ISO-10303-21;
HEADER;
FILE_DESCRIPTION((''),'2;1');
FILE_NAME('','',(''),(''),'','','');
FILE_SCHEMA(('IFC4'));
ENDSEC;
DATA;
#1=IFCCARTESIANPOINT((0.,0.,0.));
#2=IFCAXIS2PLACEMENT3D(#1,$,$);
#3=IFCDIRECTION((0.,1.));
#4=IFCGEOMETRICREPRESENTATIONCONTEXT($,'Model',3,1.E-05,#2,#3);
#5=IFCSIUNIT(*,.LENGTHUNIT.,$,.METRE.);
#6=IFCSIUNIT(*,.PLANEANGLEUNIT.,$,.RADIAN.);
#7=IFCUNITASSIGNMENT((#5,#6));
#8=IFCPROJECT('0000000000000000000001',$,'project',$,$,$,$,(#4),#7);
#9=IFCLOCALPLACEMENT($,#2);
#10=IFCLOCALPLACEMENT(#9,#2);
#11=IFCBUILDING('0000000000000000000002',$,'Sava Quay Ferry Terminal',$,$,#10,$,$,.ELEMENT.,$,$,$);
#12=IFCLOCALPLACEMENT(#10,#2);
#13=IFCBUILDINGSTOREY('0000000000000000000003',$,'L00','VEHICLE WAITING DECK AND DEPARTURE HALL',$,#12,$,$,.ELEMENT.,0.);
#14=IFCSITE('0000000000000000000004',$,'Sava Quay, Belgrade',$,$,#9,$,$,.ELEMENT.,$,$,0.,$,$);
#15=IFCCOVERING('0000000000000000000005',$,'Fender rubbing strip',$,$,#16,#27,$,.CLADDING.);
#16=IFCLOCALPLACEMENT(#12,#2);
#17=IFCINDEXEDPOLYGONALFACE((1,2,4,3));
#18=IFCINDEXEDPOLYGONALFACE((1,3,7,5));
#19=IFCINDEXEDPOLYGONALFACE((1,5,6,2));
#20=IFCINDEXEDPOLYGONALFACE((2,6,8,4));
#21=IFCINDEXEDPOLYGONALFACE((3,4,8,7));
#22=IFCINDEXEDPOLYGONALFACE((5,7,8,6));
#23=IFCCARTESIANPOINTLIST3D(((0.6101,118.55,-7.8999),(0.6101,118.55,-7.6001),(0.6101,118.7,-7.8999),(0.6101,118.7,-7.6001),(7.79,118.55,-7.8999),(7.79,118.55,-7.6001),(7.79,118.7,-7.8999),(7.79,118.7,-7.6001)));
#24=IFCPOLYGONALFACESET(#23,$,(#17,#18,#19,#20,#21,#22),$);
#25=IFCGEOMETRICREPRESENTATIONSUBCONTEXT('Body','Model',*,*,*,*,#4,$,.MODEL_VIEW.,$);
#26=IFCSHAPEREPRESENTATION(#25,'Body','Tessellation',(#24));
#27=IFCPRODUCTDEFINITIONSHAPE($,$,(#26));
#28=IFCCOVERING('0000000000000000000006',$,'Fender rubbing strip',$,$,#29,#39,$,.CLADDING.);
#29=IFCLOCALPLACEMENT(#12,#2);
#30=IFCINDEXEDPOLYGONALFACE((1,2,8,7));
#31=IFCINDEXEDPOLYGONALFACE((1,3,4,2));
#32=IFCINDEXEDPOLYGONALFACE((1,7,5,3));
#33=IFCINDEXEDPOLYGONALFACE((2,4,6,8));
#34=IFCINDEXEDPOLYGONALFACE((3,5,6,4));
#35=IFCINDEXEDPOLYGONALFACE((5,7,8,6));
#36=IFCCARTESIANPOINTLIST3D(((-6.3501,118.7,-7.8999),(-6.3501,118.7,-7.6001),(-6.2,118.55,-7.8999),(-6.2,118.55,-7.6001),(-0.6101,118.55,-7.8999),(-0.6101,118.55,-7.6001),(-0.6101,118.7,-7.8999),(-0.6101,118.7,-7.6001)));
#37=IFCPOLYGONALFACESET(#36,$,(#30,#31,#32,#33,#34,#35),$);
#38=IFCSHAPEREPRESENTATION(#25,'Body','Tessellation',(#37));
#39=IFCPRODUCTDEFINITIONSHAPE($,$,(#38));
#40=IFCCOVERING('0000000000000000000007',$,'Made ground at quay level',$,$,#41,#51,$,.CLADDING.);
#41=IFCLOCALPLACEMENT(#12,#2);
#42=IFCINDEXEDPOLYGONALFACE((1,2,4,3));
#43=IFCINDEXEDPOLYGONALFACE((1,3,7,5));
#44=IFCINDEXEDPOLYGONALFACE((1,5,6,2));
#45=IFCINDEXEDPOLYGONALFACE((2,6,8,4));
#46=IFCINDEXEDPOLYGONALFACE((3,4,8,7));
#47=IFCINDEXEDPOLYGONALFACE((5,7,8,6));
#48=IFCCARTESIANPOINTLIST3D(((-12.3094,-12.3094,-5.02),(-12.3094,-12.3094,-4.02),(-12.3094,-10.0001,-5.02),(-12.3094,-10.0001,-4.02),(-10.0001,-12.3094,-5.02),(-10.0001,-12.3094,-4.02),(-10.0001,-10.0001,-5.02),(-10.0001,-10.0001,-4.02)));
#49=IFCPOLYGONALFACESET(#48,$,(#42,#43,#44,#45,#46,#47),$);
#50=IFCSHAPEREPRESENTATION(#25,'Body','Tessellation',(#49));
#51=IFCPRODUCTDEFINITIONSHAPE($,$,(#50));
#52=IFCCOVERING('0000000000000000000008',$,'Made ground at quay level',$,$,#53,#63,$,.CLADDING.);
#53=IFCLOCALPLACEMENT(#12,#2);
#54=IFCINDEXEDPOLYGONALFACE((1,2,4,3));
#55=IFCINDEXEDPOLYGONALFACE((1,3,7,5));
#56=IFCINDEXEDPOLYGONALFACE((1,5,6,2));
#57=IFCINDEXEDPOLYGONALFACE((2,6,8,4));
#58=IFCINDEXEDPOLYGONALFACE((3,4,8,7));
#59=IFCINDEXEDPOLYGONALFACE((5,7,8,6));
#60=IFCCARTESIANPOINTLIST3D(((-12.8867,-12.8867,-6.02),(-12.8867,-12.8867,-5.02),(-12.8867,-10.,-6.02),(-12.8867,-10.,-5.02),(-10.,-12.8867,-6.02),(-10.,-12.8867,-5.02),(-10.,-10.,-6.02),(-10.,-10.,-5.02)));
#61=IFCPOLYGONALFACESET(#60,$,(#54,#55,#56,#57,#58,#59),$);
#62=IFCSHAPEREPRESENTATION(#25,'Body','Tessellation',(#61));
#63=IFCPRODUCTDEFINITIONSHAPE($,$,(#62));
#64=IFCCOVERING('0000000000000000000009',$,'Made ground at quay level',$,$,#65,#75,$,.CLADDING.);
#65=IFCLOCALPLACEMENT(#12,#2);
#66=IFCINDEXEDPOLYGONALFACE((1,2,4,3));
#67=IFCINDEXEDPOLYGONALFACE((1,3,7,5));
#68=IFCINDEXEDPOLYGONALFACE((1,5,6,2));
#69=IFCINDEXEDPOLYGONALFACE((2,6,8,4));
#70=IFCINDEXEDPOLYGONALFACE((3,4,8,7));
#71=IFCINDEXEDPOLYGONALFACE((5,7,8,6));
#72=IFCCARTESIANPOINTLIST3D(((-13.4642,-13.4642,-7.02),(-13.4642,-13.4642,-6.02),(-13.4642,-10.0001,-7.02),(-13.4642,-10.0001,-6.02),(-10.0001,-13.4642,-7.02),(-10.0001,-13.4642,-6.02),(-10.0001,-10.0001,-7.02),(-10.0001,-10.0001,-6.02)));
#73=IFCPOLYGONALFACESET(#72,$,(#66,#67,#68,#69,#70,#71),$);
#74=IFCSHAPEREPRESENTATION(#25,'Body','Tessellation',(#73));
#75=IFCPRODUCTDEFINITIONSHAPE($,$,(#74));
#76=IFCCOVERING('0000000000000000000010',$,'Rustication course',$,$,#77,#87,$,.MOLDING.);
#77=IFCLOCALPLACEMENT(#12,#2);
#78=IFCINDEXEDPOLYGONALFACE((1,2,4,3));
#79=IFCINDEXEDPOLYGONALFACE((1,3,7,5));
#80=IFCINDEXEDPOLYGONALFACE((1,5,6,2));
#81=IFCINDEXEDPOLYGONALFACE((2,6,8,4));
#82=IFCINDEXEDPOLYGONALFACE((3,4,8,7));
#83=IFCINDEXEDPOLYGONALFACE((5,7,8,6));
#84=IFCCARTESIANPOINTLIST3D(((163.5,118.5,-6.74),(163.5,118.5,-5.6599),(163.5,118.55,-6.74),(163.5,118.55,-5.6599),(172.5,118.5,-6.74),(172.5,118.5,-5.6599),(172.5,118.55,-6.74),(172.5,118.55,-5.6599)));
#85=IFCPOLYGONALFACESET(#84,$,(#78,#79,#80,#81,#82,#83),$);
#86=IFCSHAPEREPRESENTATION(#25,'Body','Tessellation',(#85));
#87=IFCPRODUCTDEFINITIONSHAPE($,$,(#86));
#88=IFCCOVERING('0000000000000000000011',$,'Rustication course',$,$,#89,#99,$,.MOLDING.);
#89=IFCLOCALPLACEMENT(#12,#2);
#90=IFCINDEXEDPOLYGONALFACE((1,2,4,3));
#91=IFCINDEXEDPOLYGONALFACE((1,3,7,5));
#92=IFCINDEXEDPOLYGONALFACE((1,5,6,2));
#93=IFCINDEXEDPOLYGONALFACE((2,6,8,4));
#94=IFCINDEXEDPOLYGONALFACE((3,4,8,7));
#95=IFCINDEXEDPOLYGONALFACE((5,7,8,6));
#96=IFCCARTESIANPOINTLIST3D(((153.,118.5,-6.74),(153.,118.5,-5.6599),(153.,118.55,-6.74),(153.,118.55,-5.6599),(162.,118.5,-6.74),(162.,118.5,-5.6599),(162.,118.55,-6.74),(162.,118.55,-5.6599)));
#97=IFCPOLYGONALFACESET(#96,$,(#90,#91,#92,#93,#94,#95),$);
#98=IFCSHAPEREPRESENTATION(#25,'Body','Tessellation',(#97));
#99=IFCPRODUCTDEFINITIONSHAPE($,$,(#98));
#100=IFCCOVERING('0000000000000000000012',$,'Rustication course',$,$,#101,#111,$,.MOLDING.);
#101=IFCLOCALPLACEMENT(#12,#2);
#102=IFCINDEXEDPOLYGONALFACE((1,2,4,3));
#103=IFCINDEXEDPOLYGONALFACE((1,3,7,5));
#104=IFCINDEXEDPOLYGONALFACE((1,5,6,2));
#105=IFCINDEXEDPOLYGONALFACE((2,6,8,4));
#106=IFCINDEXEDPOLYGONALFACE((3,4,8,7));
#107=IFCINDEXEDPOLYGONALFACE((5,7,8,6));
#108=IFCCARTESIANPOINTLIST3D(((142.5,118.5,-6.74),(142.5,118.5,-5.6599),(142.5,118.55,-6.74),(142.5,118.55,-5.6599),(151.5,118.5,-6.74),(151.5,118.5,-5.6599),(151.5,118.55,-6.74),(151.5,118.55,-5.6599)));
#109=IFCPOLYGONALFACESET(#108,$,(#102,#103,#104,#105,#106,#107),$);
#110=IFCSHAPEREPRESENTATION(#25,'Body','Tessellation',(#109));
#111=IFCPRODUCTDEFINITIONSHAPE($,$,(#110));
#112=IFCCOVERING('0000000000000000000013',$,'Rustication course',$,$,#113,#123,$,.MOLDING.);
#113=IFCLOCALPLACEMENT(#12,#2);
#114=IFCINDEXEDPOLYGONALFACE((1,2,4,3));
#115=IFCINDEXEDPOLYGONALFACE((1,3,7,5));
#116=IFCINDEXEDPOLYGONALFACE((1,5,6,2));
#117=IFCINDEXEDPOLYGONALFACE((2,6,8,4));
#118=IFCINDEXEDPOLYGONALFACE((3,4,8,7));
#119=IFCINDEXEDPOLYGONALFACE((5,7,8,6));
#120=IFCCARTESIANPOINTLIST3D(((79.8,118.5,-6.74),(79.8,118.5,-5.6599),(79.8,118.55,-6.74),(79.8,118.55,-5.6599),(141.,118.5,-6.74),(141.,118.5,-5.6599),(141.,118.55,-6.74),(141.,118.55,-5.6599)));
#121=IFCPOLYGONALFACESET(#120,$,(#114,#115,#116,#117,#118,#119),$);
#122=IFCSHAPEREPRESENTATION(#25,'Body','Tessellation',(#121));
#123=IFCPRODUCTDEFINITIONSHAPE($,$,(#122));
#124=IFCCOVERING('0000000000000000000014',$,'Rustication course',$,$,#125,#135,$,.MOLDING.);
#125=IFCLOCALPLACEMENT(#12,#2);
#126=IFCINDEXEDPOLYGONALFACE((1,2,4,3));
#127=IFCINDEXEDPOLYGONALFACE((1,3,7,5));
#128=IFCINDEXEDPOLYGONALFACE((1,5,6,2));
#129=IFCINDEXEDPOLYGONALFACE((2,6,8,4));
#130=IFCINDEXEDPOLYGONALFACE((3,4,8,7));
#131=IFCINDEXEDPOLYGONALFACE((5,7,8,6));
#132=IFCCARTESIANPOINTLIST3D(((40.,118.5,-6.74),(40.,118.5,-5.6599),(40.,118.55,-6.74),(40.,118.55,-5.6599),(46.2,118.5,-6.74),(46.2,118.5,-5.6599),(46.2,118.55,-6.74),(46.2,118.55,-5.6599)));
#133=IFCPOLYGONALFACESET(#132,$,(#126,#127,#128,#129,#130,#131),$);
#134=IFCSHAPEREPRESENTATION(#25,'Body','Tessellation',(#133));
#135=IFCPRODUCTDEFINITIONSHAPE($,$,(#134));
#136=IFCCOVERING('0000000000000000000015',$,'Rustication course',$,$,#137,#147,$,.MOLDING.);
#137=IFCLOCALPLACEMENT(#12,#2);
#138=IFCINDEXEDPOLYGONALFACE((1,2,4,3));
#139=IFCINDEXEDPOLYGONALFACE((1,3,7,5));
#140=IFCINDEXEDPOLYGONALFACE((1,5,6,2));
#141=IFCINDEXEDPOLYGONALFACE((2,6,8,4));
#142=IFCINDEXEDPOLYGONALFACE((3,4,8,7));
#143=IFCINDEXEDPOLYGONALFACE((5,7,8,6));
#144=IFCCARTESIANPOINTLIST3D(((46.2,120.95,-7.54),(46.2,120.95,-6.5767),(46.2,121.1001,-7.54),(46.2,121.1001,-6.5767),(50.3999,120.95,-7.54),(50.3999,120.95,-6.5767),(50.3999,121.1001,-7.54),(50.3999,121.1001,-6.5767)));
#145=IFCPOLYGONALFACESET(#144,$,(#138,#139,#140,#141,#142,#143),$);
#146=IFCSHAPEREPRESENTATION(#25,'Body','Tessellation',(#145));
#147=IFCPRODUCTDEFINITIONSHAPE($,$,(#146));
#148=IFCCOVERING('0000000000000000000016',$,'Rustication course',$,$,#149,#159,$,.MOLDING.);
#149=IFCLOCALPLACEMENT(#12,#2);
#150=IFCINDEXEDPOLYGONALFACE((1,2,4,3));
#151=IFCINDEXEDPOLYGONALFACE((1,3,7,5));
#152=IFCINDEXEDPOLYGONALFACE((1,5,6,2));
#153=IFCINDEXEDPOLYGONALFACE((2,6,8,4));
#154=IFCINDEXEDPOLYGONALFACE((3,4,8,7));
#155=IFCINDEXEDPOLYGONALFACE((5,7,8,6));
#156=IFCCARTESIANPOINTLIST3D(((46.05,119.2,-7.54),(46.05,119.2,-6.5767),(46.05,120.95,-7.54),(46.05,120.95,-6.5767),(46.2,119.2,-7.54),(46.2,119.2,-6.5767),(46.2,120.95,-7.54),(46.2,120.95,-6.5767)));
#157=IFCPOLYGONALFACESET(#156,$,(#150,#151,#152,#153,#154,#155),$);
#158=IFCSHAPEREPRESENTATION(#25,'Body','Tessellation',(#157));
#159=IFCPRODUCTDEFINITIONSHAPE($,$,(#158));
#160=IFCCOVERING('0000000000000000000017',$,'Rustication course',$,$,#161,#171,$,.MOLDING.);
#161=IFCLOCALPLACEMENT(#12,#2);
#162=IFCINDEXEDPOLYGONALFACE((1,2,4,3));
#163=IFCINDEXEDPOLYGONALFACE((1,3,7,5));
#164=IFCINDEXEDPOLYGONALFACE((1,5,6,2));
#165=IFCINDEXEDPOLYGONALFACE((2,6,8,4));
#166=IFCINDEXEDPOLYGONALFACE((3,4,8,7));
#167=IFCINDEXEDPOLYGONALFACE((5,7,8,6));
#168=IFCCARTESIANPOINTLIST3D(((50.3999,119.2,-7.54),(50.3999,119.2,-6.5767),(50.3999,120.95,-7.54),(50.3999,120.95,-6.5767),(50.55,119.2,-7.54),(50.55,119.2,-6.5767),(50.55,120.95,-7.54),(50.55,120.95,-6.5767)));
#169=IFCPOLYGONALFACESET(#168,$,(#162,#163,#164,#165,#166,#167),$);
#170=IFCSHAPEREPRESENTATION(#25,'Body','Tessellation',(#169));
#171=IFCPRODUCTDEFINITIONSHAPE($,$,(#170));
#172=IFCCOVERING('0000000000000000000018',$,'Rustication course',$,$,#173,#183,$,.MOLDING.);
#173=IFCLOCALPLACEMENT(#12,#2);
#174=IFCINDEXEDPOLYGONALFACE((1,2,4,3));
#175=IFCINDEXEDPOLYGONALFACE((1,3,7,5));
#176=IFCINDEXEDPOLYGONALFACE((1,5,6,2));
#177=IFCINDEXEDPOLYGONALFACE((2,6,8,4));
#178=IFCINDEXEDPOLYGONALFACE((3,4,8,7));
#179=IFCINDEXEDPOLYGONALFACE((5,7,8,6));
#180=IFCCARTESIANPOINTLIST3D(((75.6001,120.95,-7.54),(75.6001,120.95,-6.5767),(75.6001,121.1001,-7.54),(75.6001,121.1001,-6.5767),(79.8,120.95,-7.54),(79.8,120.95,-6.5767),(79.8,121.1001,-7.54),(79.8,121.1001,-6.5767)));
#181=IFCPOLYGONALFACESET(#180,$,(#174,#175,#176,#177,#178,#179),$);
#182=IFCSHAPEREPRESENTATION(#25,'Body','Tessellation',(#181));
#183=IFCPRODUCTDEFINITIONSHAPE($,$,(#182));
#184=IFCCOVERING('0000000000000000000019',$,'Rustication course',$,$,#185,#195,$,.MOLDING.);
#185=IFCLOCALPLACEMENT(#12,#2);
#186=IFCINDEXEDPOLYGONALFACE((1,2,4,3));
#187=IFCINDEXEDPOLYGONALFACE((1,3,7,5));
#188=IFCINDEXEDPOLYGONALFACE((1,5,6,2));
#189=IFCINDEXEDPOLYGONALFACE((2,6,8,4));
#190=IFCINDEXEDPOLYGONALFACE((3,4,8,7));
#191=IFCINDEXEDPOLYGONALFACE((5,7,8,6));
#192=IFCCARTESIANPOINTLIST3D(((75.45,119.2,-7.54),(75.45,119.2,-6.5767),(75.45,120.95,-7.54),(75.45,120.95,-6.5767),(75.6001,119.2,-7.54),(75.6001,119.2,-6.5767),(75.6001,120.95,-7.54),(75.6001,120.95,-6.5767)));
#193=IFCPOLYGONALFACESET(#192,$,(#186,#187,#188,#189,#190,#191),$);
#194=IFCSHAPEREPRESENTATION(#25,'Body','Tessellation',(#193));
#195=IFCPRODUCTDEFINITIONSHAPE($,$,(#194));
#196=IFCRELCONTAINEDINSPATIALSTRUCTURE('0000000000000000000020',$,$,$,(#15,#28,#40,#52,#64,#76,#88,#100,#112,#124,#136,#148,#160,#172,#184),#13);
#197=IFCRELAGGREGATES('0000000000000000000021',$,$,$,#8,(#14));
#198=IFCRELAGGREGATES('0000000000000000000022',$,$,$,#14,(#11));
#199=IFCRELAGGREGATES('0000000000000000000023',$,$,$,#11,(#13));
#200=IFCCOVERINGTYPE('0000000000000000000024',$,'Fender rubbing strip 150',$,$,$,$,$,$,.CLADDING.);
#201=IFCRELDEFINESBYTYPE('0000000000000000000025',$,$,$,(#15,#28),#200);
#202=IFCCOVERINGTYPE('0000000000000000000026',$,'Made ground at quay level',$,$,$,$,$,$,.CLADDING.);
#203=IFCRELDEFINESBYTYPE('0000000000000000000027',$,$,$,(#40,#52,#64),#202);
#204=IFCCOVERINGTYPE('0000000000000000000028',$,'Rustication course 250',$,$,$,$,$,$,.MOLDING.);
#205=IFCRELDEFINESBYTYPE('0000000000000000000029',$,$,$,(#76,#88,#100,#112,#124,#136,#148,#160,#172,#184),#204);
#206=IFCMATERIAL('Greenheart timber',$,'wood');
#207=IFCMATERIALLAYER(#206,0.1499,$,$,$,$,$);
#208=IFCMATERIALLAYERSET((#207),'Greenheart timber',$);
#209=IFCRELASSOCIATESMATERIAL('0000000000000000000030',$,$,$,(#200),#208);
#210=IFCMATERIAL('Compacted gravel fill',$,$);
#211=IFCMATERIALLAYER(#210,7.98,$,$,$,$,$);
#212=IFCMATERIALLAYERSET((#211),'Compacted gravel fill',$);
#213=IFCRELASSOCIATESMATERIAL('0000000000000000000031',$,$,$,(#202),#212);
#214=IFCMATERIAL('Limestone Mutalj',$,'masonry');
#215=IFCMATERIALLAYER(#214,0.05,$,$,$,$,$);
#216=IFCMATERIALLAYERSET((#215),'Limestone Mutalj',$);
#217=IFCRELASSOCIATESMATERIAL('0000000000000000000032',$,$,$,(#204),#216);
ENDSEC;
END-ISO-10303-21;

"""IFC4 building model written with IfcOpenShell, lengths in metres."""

from ifc_helpers import new_model, si_unit, direction, frame, origin, origin_2d, place, context, subcontext, project, spatial, polyline, rectangle, outline, extrude, material, layer, layer_set, type_object, element, save


model = new_model("IFC4")

# Units and contexts
model_context = context("Model", 3, precision=1e-05, world=origin(), true_north=direction((0.0, 1.0)))
body_context = subcontext(model_context, "Body", "Model", "MODEL_VIEW")
ifc_project = project(units=[si_unit("LENGTHUNIT", "METRE"), si_unit("PLANEANGLEUNIT", "RADIAN")], contexts=[model_context])

# Site, building, storey
site_placement = place(None, origin())
site = spatial("IfcSite", under=ifc_project, at=site_placement, Name="Sava Quay, Belgrade", CompositionType="ELEMENT", RefElevation=0.0)
building_placement = place(site_placement, origin())
building = spatial("IfcBuilding", under=site, at=building_placement, Name="Sava Quay Ferry Terminal", CompositionType="ELEMENT")
storey_placement = place(building_placement, origin())
storey = spatial("IfcBuildingStorey", under=building, at=storey_placement, Name="L00", Description="VEHICLE WAITING DECK AND DEPARTURE HALL", CompositionType="ELEMENT", Elevation=0.0)

# Coverings
ifc_material_1 = material(Name="Greenheart timber", Category="wood")
ifc_layer_1 = layer(ifc_material_1, 0.1499)
ifc_layer_set_1 = layer_set([ifc_layer_1], Name="Greenheart timber")
covering_type_1 = type_object("IfcCoveringType", Name="Fender rubbing strip 150", PredefinedType="CLADDING", material=ifc_layer_set_1)
covering_1_placement = place(storey_placement, frame((0.0, 0.0, -7.8999)))
element("IfcCovering", 1, at=covering_1_placement, inside=storey, type_object=covering_type_1, Name="Fender rubbing strip", PredefinedType="CLADDING", context=body_context, shape_type="SweptSolid", body=[
    extrude(outline(polyline([(0.6101, 118.55), (7.79, 118.55), (7.79, 118.7), (0.6101, 118.7), (0.6101, 118.55)])), origin(), (0.0, 0.0, 1.0), 0.2998),
])
covering_2_placement = place(storey_placement, frame((0.0, 0.0, -7.8999)))
element("IfcCovering", 2, at=covering_2_placement, inside=storey, type_object=covering_type_1, Name="Fender rubbing strip", PredefinedType="CLADDING", context=body_context, shape_type="SweptSolid", body=[
    extrude(outline(polyline([(-6.2, 118.55), (-0.6101, 118.55), (-0.6101, 118.7), (-6.3501, 118.7), (-6.2, 118.55)])), origin(), (0.0, 0.0, 1.0), 0.2998),
])
ifc_material_2 = material(Name="Compacted gravel fill")
ifc_layer_2 = layer(ifc_material_2, 7.98)
ifc_layer_set_2 = layer_set([ifc_layer_2], Name="Compacted gravel fill")
covering_type_2 = type_object("IfcCoveringType", Name="Made ground at quay level", PredefinedType="CLADDING", material=ifc_layer_set_2)
covering_3_placement = place(storey_placement, frame((-11.1548, -11.1548, -5.02), z_axis=(0.0, 0.0, 1.0), x_axis=(1.0, 0.0, 0.0)))
element("IfcCovering", 3, at=covering_3_placement, inside=storey, type_object=covering_type_2, Name="Made ground at quay level", PredefinedType="CLADDING", context=body_context, shape_type="SweptSolid", body=[
    extrude(rectangle(XDim=2.3093, YDim=2.3093, at=origin_2d()), origin(), (0.0, 0.0, 1.0), 1.0),
])
covering_4_placement = place(storey_placement, frame((-11.4434, -11.4434, -6.02), z_axis=(0.0, 0.0, 1.0), x_axis=(1.0, 0.0, 0.0)))
element("IfcCovering", 4, at=covering_4_placement, inside=storey, type_object=covering_type_2, Name="Made ground at quay level", PredefinedType="CLADDING", context=body_context, shape_type="SweptSolid", body=[
    extrude(rectangle(XDim=2.8867, YDim=2.8867, at=origin_2d()), origin(), (0.0, 0.0, 1.0), 1.0),
])
covering_5_placement = place(storey_placement, frame((-11.7322, -11.7322, -7.02), z_axis=(0.0, 0.0, 1.0), x_axis=(1.0, 0.0, 0.0)))
element("IfcCovering", 5, at=covering_5_placement, inside=storey, type_object=covering_type_2, Name="Made ground at quay level", PredefinedType="CLADDING", context=body_context, shape_type="SweptSolid", body=[
    extrude(rectangle(XDim=3.4641, YDim=3.4641, at=origin_2d()), origin(), (0.0, 0.0, 1.0), 1.0),
])
ifc_material_3 = material(Name="Limestone Mutalj", Category="masonry")
ifc_layer_3 = layer(ifc_material_3, 0.05)
ifc_layer_set_3 = layer_set([ifc_layer_3], Name="Limestone Mutalj")
covering_type_3 = type_object("IfcCoveringType", Name="Rustication course 250", PredefinedType="MOLDING", material=ifc_layer_set_3)
covering_6_placement = place(storey_placement, frame((0.0, 0.0, -6.74)))
element("IfcCovering", 6, at=covering_6_placement, inside=storey, type_object=covering_type_3, Name="Rustication course", PredefinedType="MOLDING", context=body_context, shape_type="SweptSolid", body=[
    extrude(outline(polyline([(172.5, 118.55), (163.5, 118.55), (163.5, 118.5), (172.5, 118.5), (172.5, 118.55)])), origin(), (0.0, 0.0, 1.0), 1.0801),
])
covering_7_placement = place(storey_placement, frame((0.0, 0.0, -6.74)))
element("IfcCovering", 7, at=covering_7_placement, inside=storey, type_object=covering_type_3, Name="Rustication course", PredefinedType="MOLDING", context=body_context, shape_type="SweptSolid", body=[
    extrude(outline(polyline([(162.0, 118.55), (153.0, 118.55), (153.0, 118.5), (162.0, 118.5), (162.0, 118.55)])), origin(), (0.0, 0.0, 1.0), 1.0801),
])
covering_8_placement = place(storey_placement, frame((0.0, 0.0, -6.74)))
element("IfcCovering", 8, at=covering_8_placement, inside=storey, type_object=covering_type_3, Name="Rustication course", PredefinedType="MOLDING", context=body_context, shape_type="SweptSolid", body=[
    extrude(outline(polyline([(151.5, 118.55), (142.5, 118.55), (142.5, 118.5), (151.5, 118.5), (151.5, 118.55)])), origin(), (0.0, 0.0, 1.0), 1.0801),
])
covering_9_placement = place(storey_placement, frame((0.0, 0.0, -6.74)))
element("IfcCovering", 9, at=covering_9_placement, inside=storey, type_object=covering_type_3, Name="Rustication course", PredefinedType="MOLDING", context=body_context, shape_type="SweptSolid", body=[
    extrude(outline(polyline([(141.0, 118.55), (79.8, 118.55), (79.8, 118.5), (141.0, 118.5), (141.0, 118.55)])), origin(), (0.0, 0.0, 1.0), 1.0801),
])
covering_10_placement = place(storey_placement, frame((0.0, 0.0, -6.74)))
element("IfcCovering", 10, at=covering_10_placement, inside=storey, type_object=covering_type_3, Name="Rustication course", PredefinedType="MOLDING", context=body_context, shape_type="SweptSolid", body=[
    extrude(outline(polyline([(46.2, 118.55), (40.0, 118.55), (40.0, 118.5), (46.2, 118.5), (46.2, 118.55)])), origin(), (0.0, 0.0, 1.0), 1.0801),
])
covering_11_placement = place(storey_placement, frame((0.0, 0.0, -7.54)))
element("IfcCovering", 11, at=covering_11_placement, inside=storey, type_object=covering_type_3, Name="Rustication course", PredefinedType="MOLDING", context=body_context, shape_type="SweptSolid", body=[
    extrude(outline(polyline([(46.2, 120.95), (50.3999, 120.95), (50.3999, 121.1001), (46.2, 121.1001), (46.2, 120.95)])), origin(), (0.0, 0.0, 1.0), 0.9634),
])
covering_12_placement = place(storey_placement, frame((0.0, 0.0, -7.54)))
element("IfcCovering", 12, at=covering_12_placement, inside=storey, type_object=covering_type_3, Name="Rustication course", PredefinedType="MOLDING", context=body_context, shape_type="SweptSolid", body=[
    extrude(outline(polyline([(46.05, 119.2), (46.2, 119.2), (46.2, 120.95), (46.05, 120.95), (46.05, 119.2)])), origin(), (0.0, 0.0, 1.0), 0.9634),
])
covering_13_placement = place(storey_placement, frame((0.0, 0.0, -7.54)))
element("IfcCovering", 13, at=covering_13_placement, inside=storey, type_object=covering_type_3, Name="Rustication course", PredefinedType="MOLDING", context=body_context, shape_type="SweptSolid", body=[
    extrude(outline(polyline([(50.3999, 119.2), (50.55, 119.2), (50.55, 120.95), (50.3999, 120.95), (50.3999, 119.2)])), origin(), (0.0, 0.0, 1.0), 0.9634),
])
covering_14_placement = place(storey_placement, frame((0.0, 0.0, -7.54)))
element("IfcCovering", 14, at=covering_14_placement, inside=storey, type_object=covering_type_3, Name="Rustication course", PredefinedType="MOLDING", context=body_context, shape_type="SweptSolid", body=[
    extrude(outline(polyline([(75.6001, 120.95), (79.8, 120.95), (79.8, 121.1001), (75.6001, 121.1001), (75.6001, 120.95)])), origin(), (0.0, 0.0, 1.0), 0.9634),
])
covering_15_placement = place(storey_placement, frame((0.0, 0.0, -7.54)))
element("IfcCovering", 15, at=covering_15_placement, inside=storey, type_object=covering_type_3, Name="Rustication course", PredefinedType="MOLDING", context=body_context, shape_type="SweptSolid", body=[
    extrude(outline(polyline([(75.45, 119.2), (75.6001, 119.2), (75.6001, 120.95), (75.45, 120.95), (75.45, 119.2)])), origin(), (0.0, 0.0, 1.0), 0.9634),
])

save(model, "model.ifc")
